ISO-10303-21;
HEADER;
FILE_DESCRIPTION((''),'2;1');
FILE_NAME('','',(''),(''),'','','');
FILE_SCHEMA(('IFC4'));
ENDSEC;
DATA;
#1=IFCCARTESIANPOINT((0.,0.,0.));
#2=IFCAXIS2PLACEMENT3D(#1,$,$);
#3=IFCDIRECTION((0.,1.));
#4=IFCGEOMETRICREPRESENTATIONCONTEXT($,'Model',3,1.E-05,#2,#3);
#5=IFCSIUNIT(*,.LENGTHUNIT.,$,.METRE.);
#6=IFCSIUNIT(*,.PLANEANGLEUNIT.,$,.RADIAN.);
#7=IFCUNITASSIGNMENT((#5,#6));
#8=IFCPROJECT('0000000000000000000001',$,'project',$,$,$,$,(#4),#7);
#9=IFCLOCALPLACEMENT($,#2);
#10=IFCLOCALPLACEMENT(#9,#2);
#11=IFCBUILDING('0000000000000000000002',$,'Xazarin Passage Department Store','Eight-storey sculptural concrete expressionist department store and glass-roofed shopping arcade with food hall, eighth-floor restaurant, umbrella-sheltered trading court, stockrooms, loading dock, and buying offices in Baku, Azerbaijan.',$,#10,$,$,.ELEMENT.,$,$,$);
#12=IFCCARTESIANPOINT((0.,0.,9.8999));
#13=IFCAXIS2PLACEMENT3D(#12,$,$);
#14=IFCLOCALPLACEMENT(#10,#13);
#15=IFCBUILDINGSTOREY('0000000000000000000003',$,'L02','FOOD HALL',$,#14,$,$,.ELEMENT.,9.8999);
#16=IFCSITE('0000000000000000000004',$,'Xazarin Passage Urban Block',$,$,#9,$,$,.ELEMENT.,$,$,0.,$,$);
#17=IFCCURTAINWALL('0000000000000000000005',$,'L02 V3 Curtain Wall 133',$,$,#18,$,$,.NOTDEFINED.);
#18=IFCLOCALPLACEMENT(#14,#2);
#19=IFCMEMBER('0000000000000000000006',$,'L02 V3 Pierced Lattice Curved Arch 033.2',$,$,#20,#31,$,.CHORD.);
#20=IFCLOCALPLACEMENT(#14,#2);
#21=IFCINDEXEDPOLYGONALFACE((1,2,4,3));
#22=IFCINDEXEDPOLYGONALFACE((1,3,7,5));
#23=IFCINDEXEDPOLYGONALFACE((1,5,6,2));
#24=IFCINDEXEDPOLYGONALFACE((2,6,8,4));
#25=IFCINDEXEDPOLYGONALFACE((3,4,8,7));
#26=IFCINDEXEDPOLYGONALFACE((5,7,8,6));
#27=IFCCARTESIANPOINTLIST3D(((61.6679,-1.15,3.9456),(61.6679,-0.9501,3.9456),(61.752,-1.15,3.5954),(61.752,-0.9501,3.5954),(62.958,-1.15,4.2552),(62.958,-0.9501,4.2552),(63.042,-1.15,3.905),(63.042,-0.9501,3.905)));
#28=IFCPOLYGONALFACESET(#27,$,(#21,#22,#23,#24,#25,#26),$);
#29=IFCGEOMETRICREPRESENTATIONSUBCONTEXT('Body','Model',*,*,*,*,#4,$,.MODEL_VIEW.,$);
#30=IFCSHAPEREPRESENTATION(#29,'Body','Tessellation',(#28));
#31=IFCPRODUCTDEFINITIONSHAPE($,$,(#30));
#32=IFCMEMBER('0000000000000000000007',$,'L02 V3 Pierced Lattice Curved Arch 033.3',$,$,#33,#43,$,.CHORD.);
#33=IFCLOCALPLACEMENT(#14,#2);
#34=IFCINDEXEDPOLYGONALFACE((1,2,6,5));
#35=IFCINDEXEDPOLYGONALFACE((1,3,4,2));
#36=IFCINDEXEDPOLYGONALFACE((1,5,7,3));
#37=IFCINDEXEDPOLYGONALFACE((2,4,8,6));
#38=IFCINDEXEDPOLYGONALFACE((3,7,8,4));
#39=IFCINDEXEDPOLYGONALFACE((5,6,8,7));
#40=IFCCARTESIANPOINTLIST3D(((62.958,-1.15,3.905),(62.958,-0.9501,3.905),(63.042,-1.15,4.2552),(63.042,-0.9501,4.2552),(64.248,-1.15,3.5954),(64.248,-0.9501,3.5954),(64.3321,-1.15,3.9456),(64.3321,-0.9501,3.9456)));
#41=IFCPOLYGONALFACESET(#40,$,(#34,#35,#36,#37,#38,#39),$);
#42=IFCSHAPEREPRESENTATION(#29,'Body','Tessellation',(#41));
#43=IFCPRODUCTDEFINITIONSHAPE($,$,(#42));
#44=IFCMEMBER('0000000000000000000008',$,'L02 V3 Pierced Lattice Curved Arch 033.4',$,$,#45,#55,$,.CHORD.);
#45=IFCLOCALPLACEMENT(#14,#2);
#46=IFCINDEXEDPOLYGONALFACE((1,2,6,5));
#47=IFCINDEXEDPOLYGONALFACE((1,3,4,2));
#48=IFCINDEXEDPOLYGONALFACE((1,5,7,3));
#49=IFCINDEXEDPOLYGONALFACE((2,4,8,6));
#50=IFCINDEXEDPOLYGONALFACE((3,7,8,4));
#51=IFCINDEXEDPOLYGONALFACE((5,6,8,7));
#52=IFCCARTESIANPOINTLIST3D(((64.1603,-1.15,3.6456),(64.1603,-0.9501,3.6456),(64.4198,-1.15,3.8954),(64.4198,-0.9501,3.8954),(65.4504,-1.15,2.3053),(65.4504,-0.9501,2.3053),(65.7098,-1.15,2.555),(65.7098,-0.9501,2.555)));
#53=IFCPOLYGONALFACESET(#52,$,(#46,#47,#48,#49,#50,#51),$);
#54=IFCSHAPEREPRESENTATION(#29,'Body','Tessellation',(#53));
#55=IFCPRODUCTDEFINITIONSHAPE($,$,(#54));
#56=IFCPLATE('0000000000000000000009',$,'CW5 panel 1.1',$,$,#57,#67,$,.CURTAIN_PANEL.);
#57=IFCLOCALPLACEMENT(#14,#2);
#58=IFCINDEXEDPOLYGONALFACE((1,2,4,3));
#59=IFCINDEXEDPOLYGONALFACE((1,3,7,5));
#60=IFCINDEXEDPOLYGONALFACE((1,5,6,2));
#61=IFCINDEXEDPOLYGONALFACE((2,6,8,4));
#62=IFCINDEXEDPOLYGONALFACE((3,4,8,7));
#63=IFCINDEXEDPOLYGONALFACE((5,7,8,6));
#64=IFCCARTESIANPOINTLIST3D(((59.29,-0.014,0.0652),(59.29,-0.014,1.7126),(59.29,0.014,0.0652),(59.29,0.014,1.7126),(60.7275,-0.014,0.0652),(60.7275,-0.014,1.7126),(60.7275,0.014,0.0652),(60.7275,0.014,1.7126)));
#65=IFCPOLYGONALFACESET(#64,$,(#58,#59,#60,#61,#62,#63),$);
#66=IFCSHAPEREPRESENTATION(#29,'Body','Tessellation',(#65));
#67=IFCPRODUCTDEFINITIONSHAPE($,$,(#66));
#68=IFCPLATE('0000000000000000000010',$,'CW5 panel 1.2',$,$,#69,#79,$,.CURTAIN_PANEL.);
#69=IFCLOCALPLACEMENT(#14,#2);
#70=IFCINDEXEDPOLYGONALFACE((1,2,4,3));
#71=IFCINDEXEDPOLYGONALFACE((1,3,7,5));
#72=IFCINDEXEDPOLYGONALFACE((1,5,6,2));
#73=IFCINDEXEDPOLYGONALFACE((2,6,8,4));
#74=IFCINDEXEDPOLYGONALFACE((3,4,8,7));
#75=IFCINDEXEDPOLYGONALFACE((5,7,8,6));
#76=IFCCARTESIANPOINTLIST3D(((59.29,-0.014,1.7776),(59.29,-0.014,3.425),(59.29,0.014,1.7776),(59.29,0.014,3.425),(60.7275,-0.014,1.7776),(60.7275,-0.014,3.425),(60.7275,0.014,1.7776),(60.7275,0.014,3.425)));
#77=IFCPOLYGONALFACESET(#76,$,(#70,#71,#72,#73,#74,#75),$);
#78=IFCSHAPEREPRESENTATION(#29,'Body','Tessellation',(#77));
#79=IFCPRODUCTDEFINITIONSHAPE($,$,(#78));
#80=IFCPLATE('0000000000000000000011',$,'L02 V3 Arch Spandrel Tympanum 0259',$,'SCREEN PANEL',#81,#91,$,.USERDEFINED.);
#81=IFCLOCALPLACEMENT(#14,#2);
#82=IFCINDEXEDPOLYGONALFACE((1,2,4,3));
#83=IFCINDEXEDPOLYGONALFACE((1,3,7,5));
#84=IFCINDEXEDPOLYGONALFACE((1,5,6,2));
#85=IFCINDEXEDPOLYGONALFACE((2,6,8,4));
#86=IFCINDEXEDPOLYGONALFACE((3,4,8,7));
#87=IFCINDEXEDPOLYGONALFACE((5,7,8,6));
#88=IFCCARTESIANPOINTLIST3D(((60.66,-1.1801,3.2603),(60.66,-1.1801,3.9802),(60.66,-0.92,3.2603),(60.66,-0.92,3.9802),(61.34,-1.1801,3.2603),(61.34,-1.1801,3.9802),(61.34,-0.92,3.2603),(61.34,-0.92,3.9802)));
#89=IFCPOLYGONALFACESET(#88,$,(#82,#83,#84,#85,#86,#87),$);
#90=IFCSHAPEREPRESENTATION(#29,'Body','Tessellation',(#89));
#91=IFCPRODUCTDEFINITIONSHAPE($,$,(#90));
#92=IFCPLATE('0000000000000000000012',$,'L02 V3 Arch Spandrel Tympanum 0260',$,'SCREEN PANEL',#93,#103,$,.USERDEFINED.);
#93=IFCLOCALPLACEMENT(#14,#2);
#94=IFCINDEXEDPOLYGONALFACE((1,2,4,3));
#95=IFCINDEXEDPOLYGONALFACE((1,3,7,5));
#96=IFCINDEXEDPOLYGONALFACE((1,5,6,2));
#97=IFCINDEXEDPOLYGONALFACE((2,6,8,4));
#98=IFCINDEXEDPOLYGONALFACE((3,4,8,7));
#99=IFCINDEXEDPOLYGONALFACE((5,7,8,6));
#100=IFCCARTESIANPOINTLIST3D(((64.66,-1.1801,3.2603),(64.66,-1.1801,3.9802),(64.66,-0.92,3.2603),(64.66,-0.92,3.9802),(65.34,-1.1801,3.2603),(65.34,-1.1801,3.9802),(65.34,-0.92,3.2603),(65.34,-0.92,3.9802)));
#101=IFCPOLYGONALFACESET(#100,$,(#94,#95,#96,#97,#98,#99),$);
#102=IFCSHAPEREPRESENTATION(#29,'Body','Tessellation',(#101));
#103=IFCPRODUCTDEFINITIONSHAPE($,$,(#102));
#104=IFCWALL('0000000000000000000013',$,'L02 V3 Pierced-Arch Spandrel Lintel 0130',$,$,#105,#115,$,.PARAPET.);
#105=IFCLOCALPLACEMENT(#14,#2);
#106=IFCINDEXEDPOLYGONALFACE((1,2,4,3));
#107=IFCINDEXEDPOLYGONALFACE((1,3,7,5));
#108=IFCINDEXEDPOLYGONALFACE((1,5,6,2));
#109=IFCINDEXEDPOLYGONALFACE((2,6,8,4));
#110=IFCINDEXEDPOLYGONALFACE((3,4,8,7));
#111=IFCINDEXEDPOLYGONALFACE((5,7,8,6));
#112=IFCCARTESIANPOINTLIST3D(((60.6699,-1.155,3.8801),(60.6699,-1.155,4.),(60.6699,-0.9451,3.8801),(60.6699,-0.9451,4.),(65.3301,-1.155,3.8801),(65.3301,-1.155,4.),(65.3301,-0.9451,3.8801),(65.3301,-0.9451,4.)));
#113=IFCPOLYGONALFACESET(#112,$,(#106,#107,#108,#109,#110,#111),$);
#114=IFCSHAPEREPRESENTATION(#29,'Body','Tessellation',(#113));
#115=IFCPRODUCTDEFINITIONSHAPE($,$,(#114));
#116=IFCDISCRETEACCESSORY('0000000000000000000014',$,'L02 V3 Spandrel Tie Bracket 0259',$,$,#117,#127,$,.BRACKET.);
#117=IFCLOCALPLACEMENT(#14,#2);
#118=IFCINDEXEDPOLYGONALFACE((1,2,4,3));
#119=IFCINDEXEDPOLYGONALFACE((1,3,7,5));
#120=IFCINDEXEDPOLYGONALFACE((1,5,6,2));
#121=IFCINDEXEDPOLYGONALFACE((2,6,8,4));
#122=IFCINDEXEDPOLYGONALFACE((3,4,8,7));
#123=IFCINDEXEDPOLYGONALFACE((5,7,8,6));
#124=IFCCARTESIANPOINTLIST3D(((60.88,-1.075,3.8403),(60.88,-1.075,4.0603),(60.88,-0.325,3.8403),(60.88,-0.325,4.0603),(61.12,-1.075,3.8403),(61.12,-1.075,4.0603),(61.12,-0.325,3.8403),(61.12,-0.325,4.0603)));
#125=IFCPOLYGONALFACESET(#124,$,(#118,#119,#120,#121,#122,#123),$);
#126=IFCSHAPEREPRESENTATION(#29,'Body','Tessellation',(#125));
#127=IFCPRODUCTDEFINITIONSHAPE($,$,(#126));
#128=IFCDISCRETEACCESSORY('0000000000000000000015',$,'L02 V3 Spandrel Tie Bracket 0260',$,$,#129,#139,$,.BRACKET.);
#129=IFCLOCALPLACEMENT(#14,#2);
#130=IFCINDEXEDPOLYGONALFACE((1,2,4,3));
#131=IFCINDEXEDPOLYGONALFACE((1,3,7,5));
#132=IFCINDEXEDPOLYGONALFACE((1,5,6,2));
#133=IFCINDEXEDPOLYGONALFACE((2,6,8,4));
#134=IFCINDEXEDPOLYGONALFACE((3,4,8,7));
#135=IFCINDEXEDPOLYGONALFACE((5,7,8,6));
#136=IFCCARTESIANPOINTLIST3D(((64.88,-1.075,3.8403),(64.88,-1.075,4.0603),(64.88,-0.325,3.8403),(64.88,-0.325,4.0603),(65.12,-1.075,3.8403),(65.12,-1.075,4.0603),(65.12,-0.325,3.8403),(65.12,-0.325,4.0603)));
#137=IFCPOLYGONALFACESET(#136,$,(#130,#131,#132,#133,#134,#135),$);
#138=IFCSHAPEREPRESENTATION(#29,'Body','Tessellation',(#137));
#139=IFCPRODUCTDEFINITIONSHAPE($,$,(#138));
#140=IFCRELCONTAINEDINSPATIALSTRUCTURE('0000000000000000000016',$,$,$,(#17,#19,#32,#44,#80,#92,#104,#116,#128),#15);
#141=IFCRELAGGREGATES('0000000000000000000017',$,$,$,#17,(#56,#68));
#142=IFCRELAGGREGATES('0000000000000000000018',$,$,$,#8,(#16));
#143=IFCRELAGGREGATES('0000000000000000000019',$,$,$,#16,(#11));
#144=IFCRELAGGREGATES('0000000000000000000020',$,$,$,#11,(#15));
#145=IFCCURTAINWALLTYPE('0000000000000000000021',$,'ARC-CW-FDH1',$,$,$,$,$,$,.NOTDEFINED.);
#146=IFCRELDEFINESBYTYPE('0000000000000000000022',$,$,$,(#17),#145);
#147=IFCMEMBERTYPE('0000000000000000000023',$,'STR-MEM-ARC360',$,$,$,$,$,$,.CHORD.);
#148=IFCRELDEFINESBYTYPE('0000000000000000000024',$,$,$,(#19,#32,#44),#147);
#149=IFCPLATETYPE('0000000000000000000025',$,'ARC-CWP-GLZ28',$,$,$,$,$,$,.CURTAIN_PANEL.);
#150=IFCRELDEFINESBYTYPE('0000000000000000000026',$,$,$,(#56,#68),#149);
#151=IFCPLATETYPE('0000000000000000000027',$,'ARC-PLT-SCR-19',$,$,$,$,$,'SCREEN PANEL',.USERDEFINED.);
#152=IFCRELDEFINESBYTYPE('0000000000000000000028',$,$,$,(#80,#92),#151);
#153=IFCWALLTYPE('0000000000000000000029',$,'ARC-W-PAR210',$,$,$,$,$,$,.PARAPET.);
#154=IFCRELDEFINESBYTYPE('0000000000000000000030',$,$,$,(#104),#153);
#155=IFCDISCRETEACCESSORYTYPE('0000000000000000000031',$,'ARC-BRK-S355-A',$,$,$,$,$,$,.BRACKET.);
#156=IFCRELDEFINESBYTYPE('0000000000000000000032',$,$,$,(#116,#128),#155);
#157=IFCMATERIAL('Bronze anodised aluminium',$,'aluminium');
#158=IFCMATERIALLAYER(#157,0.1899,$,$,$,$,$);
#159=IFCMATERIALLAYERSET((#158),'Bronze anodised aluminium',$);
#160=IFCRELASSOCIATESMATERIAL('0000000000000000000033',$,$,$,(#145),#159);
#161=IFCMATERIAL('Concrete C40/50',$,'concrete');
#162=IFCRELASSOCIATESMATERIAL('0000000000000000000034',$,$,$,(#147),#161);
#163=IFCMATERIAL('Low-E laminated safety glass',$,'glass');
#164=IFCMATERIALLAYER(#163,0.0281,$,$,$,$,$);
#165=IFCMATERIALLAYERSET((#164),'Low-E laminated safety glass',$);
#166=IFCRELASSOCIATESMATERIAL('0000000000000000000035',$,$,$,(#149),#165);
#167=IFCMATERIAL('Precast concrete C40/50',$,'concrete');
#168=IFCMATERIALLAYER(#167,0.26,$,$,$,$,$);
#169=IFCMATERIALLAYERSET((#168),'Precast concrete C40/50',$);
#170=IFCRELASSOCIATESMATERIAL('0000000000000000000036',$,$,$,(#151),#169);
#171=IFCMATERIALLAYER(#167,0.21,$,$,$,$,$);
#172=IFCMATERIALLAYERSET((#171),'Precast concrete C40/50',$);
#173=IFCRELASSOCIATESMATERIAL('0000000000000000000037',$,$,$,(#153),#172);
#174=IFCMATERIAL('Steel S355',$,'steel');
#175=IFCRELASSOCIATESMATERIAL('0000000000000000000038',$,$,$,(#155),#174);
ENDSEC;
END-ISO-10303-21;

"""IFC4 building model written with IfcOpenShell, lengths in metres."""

from ifc_helpers import new_model, si_unit, direction, frame, frame_2d, origin, origin_2d, place, context, subcontext, project, spatial, rectangle, extrude, material, layer, layer_set, material_profile, profile_set, type_object, element, aggregate, save


model = new_model("IFC4")

# Units and contexts
model_context = context("Model", 3, precision=1e-05, world=origin(), true_north=direction((0.0, 1.0)))
body_context = subcontext(model_context, "Body", "Model", "MODEL_VIEW")
ifc_project = project(units=[si_unit("LENGTHUNIT", "METRE"), si_unit("PLANEANGLEUNIT", "RADIAN")], contexts=[model_context])

# Site, building, storey
site_placement = place(None, origin())
site = spatial("IfcSite", under=ifc_project, at=site_placement, Name="Xazarin Passage Urban Block", CompositionType="ELEMENT", RefElevation=0.0)
building_placement = place(site_placement, origin())
building = spatial("IfcBuilding", under=site, at=building_placement, Name="Xazarin Passage Department Store", Description="Eight-storey sculptural concrete expressionist department store and glass-roofed shopping arcade with food hall, eighth-floor restaurant, umbrella-sheltered trading court, stockrooms, loading dock, and buying offices in Baku, Azerbaijan.", CompositionType="ELEMENT")
storey_placement = place(building_placement, frame((0.0, 0.0, 9.8999)))
storey = spatial("IfcBuildingStorey", under=building, at=storey_placement, Name="L02", Description="FOOD HALL", CompositionType="ELEMENT", Elevation=9.8999)

# Shared definitions
ifc_material_1 = material(Name="Concrete C40/50", Category="concrete")

# Curtain wall
ifc_material_2 = material(Name="Bronze anodised aluminium", Category="aluminium")
ifc_layer_1 = layer(ifc_material_2, 0.1899)
ifc_layer_set_1 = layer_set([ifc_layer_1], Name="Bronze anodised aluminium")
curtain_wall_type = type_object("IfcCurtainWallType", Name="ARC-CW-FDH1", PredefinedType="NOTDEFINED", material=ifc_layer_set_1)
curtain_wall_placement = place(storey_placement, origin())
curtain_wall = element("IfcCurtainWall", 1, at=curtain_wall_placement, inside=storey, type_object=curtain_wall_type, Name="L02 V3 Curtain Wall 133", PredefinedType="NOTDEFINED")

# Members
ifc_material_profile_1 = material_profile(ifc_material_1, rectangle(XDim=0.2, YDim=0.3601, at=origin_2d()), Name="RC 200x360")
ifc_profile_set_1 = profile_set([ifc_material_profile_1], Name="Concrete C40/50")
member_type_1 = type_object("IfcMemberType", Name="STR-MEM-ARC360", PredefinedType="CHORD", material=ifc_profile_set_1)
for number, where, z_axis, x_axis, name in (
    (2, (61.71, -1.05, 3.7705), (0.972394, 0.0, 0.233345), (0.0, 1.0, 0.0), "L02 V3 Pierced Lattice Curved Arch 033.2"),
    (3, (63.0, -1.05, 4.0801), (0.972394, 0.0, -0.233345), (0.0, 1.0, 0.0), "L02 V3 Pierced Lattice Curved Arch 033.3"),
):
    element("IfcMember", number, at=place(storey_placement, frame(where, z_axis=z_axis, x_axis=x_axis)), inside=storey, type_object=member_type_1, Name=name, PredefinedType="CHORD", context=body_context, shape_type="SweptSolid", body=[
        extrude(rectangle(XDim=0.2, YDim=0.3601, at=origin_2d()), origin(), (0.0, 0.0, 1.0), 1.3267),
    ])
member_1_placement = place(storey_placement, frame((64.29, -1.05, 3.7705), z_axis=(0.69346, 0.0, -0.720495), x_axis=(0.0, 1.0, 0.0)))
element("IfcMember", 4, at=member_1_placement, inside=storey, type_object=member_type_1, Name="L02 V3 Pierced Lattice Curved Arch 033.4", PredefinedType="CHORD", context=body_context, shape_type="SweptSolid", body=[
    extrude(rectangle(XDim=0.2, YDim=0.3601, at=origin_2d()), origin(), (0.0, 0.0, 1.0), 1.8604),
])

# Plates
ifc_material_3 = material(Name="Low-E laminated safety glass", Category="glass")
ifc_layer_2 = layer(ifc_material_3, 0.0281)
ifc_layer_set_2 = layer_set([ifc_layer_2], Name="Low-E laminated safety glass")
plate_type_1 = type_object("IfcPlateType", Name="ARC-CWP-GLZ28", PredefinedType="CURTAIN_PANEL", material=ifc_layer_set_2)
plate_1_placement = place(storey_placement, frame((60.0088, 0.0, 0.0652), z_axis=(0.0, 0.0, 1.0), x_axis=(1.0, 0.0, 0.0)))
plate_1 = element("IfcPlate", 5, at=plate_1_placement, type_object=plate_type_1, Name="CW5 panel 1.1", PredefinedType="CURTAIN_PANEL", context=body_context, shape_type="SweptSolid", body=[
    extrude(rectangle(XDim=1.4375, YDim=0.0281, at=origin_2d()), origin(), (0.0, 0.0, 1.0), 1.6475),
])
plate_2_placement = place(storey_placement, frame((60.0088, 0.0, 1.7776), z_axis=(0.0, 0.0, 1.0), x_axis=(1.0, 0.0, 0.0)))
plate_2 = element("IfcPlate", 6, at=plate_2_placement, type_object=plate_type_1, Name="CW5 panel 1.2", PredefinedType="CURTAIN_PANEL", context=body_context, shape_type="SweptSolid", body=[
    extrude(rectangle(XDim=1.4375, YDim=0.0281, at=origin_2d()), origin(), (0.0, 0.0, 1.0), 1.6475),
])
aggregate(curtain_wall, [plate_1, plate_2])

# Plates
ifc_material_4 = material(Name="Precast concrete C40/50", Category="concrete")
ifc_layer_3 = layer(ifc_material_4, 0.26)
ifc_layer_set_3 = layer_set([ifc_layer_3], Name="Precast concrete C40/50")
plate_type_2 = type_object("IfcPlateType", Name="ARC-PLT-SCR-19", ElementType="SCREEN PANEL", PredefinedType="USERDEFINED", material=ifc_layer_set_3)
for number, where, z_axis, x_axis, name in (
    (7, (61.0, -1.05, 3.2603), (0.0, 0.0, 1.0), (1.0, 0.0, 0.0), "L02 V3 Arch Spandrel Tympanum 0259"),
    (8, (65.0, -1.05, 3.2603), (0.0, 0.0, 1.0), (1.0, 0.0, 0.0), "L02 V3 Arch Spandrel Tympanum 0260"),
):
    element("IfcPlate", number, at=place(storey_placement, frame(where, z_axis=z_axis, x_axis=x_axis)), inside=storey, type_object=plate_type_2, Name=name, ObjectType="SCREEN PANEL", PredefinedType="USERDEFINED", context=body_context, shape_type="SweptSolid", body=[
        extrude(rectangle(XDim=0.6799, YDim=0.26, at=origin_2d()), origin(), (0.0, 0.0, 1.0), 0.72),
    ])

# Wall
ifc_layer_4 = layer(ifc_material_4, 0.21)
ifc_layer_set_4 = layer_set([ifc_layer_4], Name="Precast concrete C40/50")
wall_type = type_object("IfcWallType", Name="ARC-W-PAR210", PredefinedType="PARAPET", material=ifc_layer_set_4)
wall_placement = place(storey_placement, frame((60.6699, -1.05, 3.8801), z_axis=(0.0, 0.0, 1.0), x_axis=(1.0, 0.0, 0.0)))
element("IfcWall", 9, at=wall_placement, inside=storey, type_object=wall_type, Name="L02 V3 Pierced-Arch Spandrel Lintel 0130", PredefinedType="PARAPET", context=body_context, shape_type="SweptSolid", body=[
    extrude(rectangle(XDim=4.6602, YDim=0.21, at=frame_2d((2.3301, 0.0))), origin(), (0.0, 0.0, 1.0), 0.1199),
])

# Discrete accessories
ifc_material_5 = material(Name="Steel S355", Category="steel")
discrete_accessory_type = type_object("IfcDiscreteAccessoryType", Name="ARC-BRK-S355-A", PredefinedType="BRACKET", material=ifc_material_5)
for number, where, z_axis, x_axis, name in (
    (10, (61.0, -0.7, 3.8403), (0.0, 0.0, 1.0), (1.0, 0.0, 0.0), "L02 V3 Spandrel Tie Bracket 0259"),
    (11, (65.0, -0.7, 3.8403), (0.0, 0.0, 1.0), (1.0, 0.0, 0.0), "L02 V3 Spandrel Tie Bracket 0260"),
):
    element("IfcDiscreteAccessory", number, at=place(storey_placement, frame(where, z_axis=z_axis, x_axis=x_axis)), inside=storey, type_object=discrete_accessory_type, Name=name, PredefinedType="BRACKET", context=body_context, shape_type="SweptSolid", body=[
        extrude(rectangle(XDim=0.24, YDim=0.75, at=origin_2d()), origin(), (0.0, 0.0, 1.0), 0.22),
    ])

save(model, "model.ifc")
